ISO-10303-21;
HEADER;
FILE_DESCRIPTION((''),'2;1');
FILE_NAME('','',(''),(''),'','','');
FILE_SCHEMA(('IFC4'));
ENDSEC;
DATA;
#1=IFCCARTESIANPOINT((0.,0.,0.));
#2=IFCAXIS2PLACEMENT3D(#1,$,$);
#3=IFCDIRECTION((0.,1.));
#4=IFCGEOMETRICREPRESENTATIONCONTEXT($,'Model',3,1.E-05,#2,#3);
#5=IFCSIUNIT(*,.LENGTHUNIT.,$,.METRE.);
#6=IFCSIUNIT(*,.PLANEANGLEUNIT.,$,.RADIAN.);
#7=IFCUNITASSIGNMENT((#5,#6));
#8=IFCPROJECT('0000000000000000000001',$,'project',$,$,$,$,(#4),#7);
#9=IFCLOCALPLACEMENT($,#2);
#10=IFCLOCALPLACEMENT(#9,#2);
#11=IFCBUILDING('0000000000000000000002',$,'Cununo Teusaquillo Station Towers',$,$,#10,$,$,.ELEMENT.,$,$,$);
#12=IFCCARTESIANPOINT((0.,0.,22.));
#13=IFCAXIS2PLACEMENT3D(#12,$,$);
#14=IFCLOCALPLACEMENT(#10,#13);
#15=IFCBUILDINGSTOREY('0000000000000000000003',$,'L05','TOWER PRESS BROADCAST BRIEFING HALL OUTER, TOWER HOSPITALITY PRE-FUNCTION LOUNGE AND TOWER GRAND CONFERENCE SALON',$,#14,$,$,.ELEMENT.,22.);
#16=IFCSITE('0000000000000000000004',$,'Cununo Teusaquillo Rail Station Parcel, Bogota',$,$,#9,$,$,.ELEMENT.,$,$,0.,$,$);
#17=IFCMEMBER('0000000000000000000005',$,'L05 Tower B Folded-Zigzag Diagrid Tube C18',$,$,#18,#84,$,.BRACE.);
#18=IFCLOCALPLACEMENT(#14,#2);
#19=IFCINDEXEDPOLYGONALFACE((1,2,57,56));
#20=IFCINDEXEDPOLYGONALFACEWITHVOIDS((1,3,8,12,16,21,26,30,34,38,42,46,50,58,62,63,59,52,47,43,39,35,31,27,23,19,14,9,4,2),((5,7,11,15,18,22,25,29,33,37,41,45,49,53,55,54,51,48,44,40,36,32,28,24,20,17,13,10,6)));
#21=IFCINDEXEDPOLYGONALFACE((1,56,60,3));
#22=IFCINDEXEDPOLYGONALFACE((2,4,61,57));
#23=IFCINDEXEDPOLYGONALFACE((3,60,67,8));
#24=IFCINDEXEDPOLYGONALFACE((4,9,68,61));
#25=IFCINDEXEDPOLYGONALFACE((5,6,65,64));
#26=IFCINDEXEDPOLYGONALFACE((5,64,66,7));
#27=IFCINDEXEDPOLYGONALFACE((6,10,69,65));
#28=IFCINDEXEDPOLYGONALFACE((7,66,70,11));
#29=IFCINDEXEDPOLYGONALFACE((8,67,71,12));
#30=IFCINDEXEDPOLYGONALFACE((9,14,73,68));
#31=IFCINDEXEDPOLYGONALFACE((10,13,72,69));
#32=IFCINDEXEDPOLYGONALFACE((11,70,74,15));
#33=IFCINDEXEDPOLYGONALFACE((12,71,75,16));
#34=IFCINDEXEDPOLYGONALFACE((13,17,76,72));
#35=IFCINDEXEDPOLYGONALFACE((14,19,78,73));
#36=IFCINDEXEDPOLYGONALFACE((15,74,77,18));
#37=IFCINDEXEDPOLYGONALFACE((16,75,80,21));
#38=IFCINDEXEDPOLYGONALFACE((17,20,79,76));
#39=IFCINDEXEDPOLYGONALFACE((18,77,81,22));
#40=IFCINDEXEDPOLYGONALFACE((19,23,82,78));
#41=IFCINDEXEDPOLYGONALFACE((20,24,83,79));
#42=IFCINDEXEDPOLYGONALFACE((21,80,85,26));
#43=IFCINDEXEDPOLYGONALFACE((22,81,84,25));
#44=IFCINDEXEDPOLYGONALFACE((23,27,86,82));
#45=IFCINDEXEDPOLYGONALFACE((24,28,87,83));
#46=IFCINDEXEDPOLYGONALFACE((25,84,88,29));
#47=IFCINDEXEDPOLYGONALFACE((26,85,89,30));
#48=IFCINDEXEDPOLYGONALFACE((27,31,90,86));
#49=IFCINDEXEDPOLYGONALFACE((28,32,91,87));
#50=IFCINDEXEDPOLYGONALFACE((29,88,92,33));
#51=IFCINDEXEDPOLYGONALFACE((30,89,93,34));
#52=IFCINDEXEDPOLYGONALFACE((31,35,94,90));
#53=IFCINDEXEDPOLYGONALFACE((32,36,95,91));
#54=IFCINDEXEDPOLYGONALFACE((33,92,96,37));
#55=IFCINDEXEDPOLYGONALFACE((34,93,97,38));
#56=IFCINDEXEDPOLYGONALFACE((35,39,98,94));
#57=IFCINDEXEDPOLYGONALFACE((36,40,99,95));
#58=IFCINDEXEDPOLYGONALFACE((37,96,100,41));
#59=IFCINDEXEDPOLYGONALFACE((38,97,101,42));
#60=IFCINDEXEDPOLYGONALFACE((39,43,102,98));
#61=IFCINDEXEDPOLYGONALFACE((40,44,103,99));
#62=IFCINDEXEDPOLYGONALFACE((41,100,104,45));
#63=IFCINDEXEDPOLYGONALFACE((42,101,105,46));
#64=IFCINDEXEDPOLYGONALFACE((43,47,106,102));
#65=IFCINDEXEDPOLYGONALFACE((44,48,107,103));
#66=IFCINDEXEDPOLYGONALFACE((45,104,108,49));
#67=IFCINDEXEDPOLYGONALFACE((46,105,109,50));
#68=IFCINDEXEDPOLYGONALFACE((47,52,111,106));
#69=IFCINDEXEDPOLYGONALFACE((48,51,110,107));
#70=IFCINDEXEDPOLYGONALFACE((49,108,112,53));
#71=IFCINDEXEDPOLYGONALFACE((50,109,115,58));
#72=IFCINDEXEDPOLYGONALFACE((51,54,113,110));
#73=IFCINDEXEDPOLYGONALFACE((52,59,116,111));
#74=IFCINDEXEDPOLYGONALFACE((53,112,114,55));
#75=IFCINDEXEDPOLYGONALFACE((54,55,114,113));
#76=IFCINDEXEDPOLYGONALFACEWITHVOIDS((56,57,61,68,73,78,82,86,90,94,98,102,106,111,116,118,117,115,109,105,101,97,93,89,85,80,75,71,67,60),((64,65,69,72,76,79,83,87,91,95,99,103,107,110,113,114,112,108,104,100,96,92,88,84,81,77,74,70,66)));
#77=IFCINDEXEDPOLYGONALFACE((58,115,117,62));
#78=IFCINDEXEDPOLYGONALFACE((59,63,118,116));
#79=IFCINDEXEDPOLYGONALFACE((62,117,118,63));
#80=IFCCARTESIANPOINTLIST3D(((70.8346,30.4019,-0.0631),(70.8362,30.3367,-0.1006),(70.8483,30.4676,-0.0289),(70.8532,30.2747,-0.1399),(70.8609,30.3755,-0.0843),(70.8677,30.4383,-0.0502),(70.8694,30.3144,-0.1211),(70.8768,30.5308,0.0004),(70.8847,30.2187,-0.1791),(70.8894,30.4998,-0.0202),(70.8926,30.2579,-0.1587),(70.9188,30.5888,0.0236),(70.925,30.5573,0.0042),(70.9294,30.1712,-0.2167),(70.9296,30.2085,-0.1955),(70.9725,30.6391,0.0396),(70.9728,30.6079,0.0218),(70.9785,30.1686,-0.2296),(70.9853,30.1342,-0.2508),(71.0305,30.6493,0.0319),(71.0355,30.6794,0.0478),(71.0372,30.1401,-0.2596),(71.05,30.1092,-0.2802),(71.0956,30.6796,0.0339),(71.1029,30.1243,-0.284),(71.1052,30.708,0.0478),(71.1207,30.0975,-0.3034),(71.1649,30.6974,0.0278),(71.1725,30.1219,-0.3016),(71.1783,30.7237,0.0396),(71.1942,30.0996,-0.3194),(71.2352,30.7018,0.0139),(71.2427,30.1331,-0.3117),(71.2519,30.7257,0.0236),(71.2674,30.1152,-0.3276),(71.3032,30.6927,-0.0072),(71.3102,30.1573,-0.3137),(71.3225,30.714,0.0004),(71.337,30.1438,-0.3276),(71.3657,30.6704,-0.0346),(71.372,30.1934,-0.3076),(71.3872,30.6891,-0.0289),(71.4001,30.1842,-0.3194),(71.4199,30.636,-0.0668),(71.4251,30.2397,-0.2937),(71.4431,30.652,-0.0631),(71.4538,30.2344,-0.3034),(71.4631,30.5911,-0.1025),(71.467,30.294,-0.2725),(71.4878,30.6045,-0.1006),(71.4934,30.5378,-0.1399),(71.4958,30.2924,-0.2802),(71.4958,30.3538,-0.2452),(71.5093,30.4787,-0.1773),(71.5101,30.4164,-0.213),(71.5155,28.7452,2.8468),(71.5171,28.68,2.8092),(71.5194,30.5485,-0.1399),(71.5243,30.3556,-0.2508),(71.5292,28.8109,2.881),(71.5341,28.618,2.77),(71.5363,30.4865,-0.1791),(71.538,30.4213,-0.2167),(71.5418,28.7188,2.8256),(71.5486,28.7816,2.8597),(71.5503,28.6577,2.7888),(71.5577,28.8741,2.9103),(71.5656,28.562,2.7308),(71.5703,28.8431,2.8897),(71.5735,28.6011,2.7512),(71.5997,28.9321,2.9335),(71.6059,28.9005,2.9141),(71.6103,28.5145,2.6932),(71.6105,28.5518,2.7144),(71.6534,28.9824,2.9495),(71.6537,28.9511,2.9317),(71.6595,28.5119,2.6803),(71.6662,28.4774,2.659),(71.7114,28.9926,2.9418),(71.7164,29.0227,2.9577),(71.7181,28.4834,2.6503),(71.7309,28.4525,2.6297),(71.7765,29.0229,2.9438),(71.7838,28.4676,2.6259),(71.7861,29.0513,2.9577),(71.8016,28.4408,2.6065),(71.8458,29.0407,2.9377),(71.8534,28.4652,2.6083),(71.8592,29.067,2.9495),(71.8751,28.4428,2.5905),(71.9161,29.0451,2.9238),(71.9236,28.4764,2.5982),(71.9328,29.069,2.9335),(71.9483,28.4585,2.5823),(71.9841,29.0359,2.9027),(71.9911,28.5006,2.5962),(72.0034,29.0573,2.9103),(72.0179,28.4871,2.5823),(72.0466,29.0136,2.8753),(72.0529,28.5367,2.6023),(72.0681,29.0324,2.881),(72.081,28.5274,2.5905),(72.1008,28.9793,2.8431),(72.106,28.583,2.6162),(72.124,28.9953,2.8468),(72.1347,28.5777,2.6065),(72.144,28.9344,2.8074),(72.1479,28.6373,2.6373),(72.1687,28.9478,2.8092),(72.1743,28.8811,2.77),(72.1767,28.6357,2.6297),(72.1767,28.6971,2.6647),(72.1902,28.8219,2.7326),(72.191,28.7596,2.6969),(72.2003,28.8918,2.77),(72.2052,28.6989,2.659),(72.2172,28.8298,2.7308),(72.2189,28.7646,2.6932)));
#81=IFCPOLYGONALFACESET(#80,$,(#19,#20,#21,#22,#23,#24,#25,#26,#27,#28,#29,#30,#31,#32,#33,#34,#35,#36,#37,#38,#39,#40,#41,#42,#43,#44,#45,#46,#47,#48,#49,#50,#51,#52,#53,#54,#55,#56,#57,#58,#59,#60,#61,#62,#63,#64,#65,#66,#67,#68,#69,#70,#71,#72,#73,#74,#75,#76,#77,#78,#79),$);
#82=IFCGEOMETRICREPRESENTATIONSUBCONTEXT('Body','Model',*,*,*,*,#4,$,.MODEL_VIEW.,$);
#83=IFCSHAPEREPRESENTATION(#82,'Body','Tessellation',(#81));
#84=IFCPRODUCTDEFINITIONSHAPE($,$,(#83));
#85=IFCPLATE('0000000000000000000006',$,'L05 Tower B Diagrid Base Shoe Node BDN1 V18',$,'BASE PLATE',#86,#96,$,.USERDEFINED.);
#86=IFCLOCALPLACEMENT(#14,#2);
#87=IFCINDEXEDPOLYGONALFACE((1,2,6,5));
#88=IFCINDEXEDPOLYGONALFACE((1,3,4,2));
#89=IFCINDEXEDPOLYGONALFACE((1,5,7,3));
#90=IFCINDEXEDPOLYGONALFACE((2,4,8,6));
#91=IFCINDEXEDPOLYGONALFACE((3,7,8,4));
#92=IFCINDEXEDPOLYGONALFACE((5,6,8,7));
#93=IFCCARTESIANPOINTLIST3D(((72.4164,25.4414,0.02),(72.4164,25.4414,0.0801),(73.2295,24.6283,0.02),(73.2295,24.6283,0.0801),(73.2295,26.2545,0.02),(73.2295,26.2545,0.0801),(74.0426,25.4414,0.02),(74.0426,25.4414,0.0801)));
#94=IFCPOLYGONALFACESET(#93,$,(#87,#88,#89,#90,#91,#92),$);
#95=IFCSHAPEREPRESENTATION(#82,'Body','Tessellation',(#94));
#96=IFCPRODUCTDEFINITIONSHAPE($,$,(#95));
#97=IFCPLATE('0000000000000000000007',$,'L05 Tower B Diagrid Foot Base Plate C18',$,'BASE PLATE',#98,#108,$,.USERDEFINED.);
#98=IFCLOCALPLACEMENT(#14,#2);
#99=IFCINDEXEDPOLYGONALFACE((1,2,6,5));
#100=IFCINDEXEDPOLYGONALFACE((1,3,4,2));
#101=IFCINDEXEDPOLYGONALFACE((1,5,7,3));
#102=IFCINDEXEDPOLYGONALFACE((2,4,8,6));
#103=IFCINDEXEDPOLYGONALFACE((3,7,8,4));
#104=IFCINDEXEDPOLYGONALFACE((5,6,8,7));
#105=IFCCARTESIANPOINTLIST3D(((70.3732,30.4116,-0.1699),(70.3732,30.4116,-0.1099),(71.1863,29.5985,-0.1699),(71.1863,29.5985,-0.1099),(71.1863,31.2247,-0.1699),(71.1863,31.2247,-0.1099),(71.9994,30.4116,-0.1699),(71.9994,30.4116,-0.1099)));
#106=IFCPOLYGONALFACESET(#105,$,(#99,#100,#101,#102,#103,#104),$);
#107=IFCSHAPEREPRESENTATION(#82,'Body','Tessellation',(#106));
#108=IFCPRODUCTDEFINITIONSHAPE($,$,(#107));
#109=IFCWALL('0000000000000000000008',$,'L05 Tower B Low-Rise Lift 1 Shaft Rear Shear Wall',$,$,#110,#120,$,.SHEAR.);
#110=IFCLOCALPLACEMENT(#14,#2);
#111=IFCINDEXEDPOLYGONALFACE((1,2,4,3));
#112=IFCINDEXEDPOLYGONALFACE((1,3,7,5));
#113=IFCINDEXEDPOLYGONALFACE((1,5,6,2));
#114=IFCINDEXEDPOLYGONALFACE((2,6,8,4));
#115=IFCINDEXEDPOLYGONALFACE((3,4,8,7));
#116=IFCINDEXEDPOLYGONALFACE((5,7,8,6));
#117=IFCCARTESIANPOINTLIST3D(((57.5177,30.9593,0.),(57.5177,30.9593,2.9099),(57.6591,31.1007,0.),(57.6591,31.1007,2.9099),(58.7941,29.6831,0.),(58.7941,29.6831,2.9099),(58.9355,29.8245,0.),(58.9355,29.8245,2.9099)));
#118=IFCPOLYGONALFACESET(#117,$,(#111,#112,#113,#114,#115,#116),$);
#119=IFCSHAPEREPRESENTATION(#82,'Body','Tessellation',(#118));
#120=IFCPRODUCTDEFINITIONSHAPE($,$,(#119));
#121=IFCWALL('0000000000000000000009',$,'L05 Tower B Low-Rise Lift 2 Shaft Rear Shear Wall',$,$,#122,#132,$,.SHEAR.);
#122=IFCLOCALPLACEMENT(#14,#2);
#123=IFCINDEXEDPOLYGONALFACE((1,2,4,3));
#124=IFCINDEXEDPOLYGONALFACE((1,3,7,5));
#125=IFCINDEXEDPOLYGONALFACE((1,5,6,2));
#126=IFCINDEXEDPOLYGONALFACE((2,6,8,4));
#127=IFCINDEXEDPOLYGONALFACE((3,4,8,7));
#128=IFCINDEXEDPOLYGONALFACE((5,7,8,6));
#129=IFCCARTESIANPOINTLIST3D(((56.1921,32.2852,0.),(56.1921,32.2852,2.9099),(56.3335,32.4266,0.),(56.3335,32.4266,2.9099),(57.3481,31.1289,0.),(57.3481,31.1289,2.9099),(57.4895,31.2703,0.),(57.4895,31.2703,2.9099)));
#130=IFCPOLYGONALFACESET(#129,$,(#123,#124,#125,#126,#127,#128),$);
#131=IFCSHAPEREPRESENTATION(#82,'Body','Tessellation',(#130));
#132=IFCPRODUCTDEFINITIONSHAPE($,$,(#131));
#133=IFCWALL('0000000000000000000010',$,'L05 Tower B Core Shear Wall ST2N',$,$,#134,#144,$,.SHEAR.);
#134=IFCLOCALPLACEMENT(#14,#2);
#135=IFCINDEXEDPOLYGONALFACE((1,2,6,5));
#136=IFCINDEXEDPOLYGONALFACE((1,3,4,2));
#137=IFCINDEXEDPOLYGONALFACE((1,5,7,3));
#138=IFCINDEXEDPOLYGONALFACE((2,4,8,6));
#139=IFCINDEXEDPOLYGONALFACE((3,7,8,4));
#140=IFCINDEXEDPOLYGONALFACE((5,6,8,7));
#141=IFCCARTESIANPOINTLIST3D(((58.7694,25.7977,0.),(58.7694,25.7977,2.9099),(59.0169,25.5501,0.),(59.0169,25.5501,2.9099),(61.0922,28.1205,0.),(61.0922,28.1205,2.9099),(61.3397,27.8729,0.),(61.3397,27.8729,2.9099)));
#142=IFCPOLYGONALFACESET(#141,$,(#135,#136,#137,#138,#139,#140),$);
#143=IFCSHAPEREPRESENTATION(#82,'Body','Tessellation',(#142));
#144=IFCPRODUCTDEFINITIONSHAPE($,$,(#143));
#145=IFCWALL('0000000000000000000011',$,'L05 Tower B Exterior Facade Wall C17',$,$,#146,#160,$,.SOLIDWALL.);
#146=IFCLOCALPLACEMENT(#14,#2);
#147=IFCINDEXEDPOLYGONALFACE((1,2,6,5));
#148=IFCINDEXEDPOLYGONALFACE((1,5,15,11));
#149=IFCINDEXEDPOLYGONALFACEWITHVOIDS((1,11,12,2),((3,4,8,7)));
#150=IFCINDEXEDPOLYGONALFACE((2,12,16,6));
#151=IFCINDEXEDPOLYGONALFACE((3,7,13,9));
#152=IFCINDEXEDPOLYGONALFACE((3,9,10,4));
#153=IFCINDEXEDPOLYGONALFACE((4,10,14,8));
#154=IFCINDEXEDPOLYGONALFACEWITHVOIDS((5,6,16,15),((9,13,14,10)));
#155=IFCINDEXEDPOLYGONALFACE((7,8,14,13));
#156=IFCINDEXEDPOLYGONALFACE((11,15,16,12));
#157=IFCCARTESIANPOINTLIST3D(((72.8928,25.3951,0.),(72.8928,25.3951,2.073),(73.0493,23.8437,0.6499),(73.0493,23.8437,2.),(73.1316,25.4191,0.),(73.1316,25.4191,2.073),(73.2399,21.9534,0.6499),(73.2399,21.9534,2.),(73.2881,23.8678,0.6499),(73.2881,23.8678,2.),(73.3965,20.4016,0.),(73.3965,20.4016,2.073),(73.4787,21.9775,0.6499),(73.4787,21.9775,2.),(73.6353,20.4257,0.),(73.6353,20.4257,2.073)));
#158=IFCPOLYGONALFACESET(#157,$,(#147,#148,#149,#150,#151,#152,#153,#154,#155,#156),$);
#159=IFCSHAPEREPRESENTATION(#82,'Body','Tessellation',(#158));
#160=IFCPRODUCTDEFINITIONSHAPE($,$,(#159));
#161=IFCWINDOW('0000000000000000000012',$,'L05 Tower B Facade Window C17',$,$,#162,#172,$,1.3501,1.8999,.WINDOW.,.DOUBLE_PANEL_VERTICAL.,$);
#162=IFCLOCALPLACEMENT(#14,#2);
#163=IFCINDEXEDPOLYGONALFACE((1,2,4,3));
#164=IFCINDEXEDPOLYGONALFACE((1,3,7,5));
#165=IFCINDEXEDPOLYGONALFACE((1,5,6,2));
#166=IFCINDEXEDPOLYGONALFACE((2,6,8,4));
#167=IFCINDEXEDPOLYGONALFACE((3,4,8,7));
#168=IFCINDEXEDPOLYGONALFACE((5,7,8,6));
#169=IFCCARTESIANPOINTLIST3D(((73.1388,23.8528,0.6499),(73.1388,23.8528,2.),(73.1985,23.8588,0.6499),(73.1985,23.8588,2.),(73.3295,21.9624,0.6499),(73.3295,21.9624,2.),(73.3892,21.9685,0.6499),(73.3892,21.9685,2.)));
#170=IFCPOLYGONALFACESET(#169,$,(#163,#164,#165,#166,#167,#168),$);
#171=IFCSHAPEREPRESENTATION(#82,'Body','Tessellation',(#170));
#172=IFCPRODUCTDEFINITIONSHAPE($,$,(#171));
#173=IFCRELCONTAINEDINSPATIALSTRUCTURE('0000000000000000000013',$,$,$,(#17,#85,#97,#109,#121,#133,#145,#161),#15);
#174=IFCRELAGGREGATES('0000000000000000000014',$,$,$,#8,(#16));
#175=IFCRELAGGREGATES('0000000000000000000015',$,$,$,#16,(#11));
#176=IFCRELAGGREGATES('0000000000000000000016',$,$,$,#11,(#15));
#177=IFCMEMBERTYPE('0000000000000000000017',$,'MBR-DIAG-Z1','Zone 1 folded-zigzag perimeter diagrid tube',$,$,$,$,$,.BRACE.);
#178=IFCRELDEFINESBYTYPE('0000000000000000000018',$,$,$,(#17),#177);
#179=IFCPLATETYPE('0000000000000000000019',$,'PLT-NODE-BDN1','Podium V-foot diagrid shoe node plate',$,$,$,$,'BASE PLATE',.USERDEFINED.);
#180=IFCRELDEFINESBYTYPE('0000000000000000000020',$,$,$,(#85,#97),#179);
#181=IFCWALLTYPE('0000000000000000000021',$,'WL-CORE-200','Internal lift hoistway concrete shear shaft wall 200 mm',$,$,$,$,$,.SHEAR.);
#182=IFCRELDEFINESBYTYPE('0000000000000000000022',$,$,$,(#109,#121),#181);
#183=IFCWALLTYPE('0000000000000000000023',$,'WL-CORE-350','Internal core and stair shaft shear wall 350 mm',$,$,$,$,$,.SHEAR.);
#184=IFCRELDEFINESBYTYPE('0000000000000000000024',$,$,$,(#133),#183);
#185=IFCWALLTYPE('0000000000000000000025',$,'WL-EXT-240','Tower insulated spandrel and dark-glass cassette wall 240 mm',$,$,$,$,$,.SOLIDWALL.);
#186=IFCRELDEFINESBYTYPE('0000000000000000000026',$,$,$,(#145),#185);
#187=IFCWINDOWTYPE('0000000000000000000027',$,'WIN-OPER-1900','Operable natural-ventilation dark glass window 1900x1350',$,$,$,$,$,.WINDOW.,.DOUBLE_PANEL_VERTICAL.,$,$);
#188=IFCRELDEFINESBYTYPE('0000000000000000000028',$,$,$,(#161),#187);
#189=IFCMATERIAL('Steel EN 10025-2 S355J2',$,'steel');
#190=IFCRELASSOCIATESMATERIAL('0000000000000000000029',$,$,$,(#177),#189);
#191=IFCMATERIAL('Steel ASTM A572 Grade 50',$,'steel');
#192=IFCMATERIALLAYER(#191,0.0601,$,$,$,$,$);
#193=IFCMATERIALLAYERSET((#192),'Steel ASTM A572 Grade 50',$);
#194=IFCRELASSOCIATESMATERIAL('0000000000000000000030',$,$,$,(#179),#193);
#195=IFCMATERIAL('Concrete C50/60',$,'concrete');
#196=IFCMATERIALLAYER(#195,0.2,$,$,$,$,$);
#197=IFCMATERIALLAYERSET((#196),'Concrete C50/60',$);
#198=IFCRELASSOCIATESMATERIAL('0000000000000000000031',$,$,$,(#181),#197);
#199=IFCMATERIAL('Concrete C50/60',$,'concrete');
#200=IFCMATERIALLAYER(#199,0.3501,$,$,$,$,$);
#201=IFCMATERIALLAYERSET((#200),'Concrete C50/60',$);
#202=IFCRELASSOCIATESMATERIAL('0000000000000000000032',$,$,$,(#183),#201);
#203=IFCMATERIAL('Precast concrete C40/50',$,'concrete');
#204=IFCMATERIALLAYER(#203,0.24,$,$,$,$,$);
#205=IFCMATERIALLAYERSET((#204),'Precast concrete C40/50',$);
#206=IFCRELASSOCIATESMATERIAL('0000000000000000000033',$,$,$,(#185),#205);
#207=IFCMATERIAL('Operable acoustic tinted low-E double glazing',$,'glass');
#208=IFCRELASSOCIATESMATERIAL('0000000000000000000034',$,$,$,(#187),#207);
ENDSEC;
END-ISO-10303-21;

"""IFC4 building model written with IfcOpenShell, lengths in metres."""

from ifc_helpers import new_model, si_unit, direction, frame, frame_2d, origin, origin_2d, place, context, subcontext, project, spatial, rectangle, hollow_circle, extrude, source, transform, mapped, material, layer, layer_set, material_profile, profile_set, type_object, element, fill, save


model = new_model("IFC4")

# Units and contexts
model_context = context("Model", 3, precision=1e-05, world=origin(), true_north=direction((0.0, 1.0)))
body_context = subcontext(model_context, "Body", "Model", "MODEL_VIEW")
ifc_project = project(units=[si_unit("LENGTHUNIT", "METRE"), si_unit("PLANEANGLEUNIT", "RADIAN")], contexts=[model_context])

# Site, building, storey
site_placement = place(None, origin())
site = spatial("IfcSite", under=ifc_project, at=site_placement, Name="Cununo Teusaquillo Rail Station Parcel, Bogota", CompositionType="ELEMENT", RefElevation=0.0)
building_placement = place(site_placement, origin())
building = spatial("IfcBuilding", under=site, at=building_placement, Name="Cununo Teusaquillo Station Towers", CompositionType="ELEMENT")
storey_placement = place(building_placement, frame((0.0, 0.0, 22.0)))
storey = spatial("IfcBuildingStorey", under=building, at=storey_placement, Name="L05", Description="TOWER PRESS BROADCAST BRIEFING HALL OUTER, TOWER HOSPITALITY PRE-FUNCTION LOUNGE AND TOWER GRAND CONFERENCE SALON", CompositionType="ELEMENT", Elevation=22.0)

# Member
ifc_material_1 = material(Name="Steel EN 10025-2 S355J2", Category="steel")
ifc_material_profile_1 = material_profile(ifc_material_1, hollow_circle(Radius=0.3601, WallThickness=0.0281, at=origin_2d()), Name="CHS 720x28")
ifc_profile_set_1 = profile_set([ifc_material_profile_1], Name="Steel EN 10025-2 S355J2")
member_type = type_object("IfcMemberType", Name="MBR-DIAG-Z1", Description="Zone 1 folded-zigzag perimeter diagrid tube", PredefinedType="BRACE", material=ifc_profile_set_1)
member_placement = place(storey_placement, frame((71.1863, 30.4116, -0.1399), z_axis=(0.19927, -0.484849, 0.851594), x_axis=(0.924929, 0.38014, 0.0)))
element("IfcMember", 1, at=member_placement, inside=storey, type_object=member_type, Name="L05 Tower B Folded-Zigzag Diagrid Tube C18", PredefinedType="BRACE", context=body_context, shape_type="SweptSolid", body=[
    extrude(hollow_circle(Radius=0.3601, WallThickness=0.0281, at=origin_2d()), origin(), (0.0, 0.0, 1.0), 3.417),
])

# Plates
ifc_material_2 = material(Name="Steel ASTM A572 Grade 50", Category="steel")
ifc_layer_1 = layer(ifc_material_2, 0.0601)
ifc_layer_set_1 = layer_set([ifc_layer_1], Name="Steel ASTM A572 Grade 50")
plate_type = type_object("IfcPlateType", Name="PLT-NODE-BDN1", Description="Podium V-foot diagrid shoe node plate", ElementType="BASE PLATE", PredefinedType="USERDEFINED", material=ifc_layer_set_1)
shared_shape_1 = source(origin(), body_context, "Body", "SweptSolid", [
    extrude(rectangle(XDim=1.1499, YDim=1.1499, at=origin_2d()), origin(), (0.0, 0.0, 1.0), 0.0601),
])
for number, where, z_axis, x_axis, name in (
    (2, (73.2295, 25.4414, 0.02), (0.0, 0.0, 1.0), (0.707107, 0.707107, 0.0), "L05 Tower B Diagrid Base Shoe Node BDN1 V18"),
    (3, (71.1863, 30.4116, -0.1699), (0.0, 0.0, 1.0), (0.707107, 0.707107, 0.0), "L05 Tower B Diagrid Foot Base Plate C18"),
):
    element("IfcPlate", number, at=place(storey_placement, frame(where, z_axis=z_axis, x_axis=x_axis)), inside=storey, type_object=plate_type, Name=name, ObjectType="BASE PLATE", PredefinedType="USERDEFINED", context=body_context, shape_type="MappedRepresentation", body=[
        mapped(shared_shape_1, transform((0.0, 0.0, 0.0), x_axis=(1.0, 0.0, 0.0), y_axis=(0.0, 1.0, 0.0), z_axis=(0.0, 0.0, 1.0), scale=1.0)),
    ])

# Walls
ifc_material_3 = material(Name="Concrete C50/60", Category="concrete")
ifc_layer_2 = layer(ifc_material_3, 0.2)
ifc_layer_set_2 = layer_set([ifc_layer_2], Name="Concrete C50/60")
wall_type_1 = type_object("IfcWallType", Name="WL-CORE-200", Description="Internal lift hoistway concrete shear shaft wall 200 mm", PredefinedType="SHEAR", material=ifc_layer_set_2)
wall_1_placement = place(storey_placement, frame((58.8647, 29.7539, 0.0), z_axis=(0.0, 0.0, 1.0), x_axis=(-0.707174, 0.707039, 0.0)))
element("IfcWall", 4, at=wall_1_placement, inside=storey, type_object=wall_type_1, Name="L05 Tower B Low-Rise Lift 1 Shaft Rear Shear Wall", PredefinedType="SHEAR", context=body_context, shape_type="SweptSolid", body=[
    extrude(rectangle(XDim=1.8049, YDim=0.2, at=frame_2d((0.9023, 0.0))), origin(), (0.0, 0.0, 1.0), 2.9099),
])
wall_2_placement = place(storey_placement, frame((57.4187, 31.1997, 0.0), z_axis=(0.0, 0.0, 1.0), x_axis=(-0.707032, 0.707181, 0.0)))
element("IfcWall", 5, at=wall_2_placement, inside=storey, type_object=wall_type_1, Name="L05 Tower B Low-Rise Lift 2 Shaft Rear Shear Wall", PredefinedType="SHEAR", context=body_context, shape_type="SweptSolid", body=[
    extrude(rectangle(XDim=1.635, YDim=0.2, at=frame_2d((0.8174, 0.0))), origin(), (0.0, 0.0, 1.0), 2.9099),
])
ifc_material_4 = material(Name="Concrete C50/60", Category="concrete")
ifc_layer_3 = layer(ifc_material_4, 0.3501)
ifc_layer_set_3 = layer_set([ifc_layer_3], Name="Concrete C50/60")
wall_type_2 = type_object("IfcWallType", Name="WL-CORE-350", Description="Internal core and stair shaft shear wall 350 mm", PredefinedType="SHEAR", material=ifc_layer_set_3)
wall_3_placement = place(storey_placement, frame((58.8931, 25.6738, 0.0), z_axis=(0.0, 0.0, 1.0), x_axis=(0.707107, 0.707107, 0.0)))
element("IfcWall", 6, at=wall_3_placement, inside=storey, type_object=wall_type_2, Name="L05 Tower B Core Shear Wall ST2N", PredefinedType="SHEAR", context=body_context, shape_type="SweptSolid", body=[
    extrude(rectangle(XDim=3.2849, YDim=0.3501, at=frame_2d((1.6426, 0.0))), origin(), (0.0, 0.0, 1.0), 2.9099),
])

# Wall, opening, window
ifc_material_5 = material(Name="Precast concrete C40/50", Category="concrete")
ifc_layer_4 = layer(ifc_material_5, 0.24)
ifc_layer_set_4 = layer_set([ifc_layer_4], Name="Precast concrete C40/50")
wall_type_3 = type_object("IfcWallType", Name="WL-EXT-240", Description="Tower insulated spandrel and dark-glass cassette wall 240 mm", PredefinedType="SOLIDWALL", material=ifc_layer_set_4)
wall_4_placement = place(storey_placement, frame((73.0122, 25.407, 0.0), z_axis=(0.0, 0.0, 1.0), x_axis=(0.100356, -0.994952, 0.0)))
wall_4 = element("IfcWall", 7, at=wall_4_placement, inside=storey, type_object=wall_type_3, Name="L05 Tower B Exterior Facade Wall C17", PredefinedType="SOLIDWALL", context=body_context, shape_type="SweptSolid", body=[
    extrude(rectangle(XDim=5.0188, YDim=0.24, at=frame_2d((2.5093, 0.0))), origin(), (0.0, 0.0, 1.0), 2.073),
])
shared_shape_2 = source(origin(), body_context, "Body", "SweptSolid", [
    extrude(rectangle(XDim=1.8999, YDim=1.3501, at=frame_2d((0.95, 0.675))), frame((0.0, 0.1299, 0.0), z_axis=(0.0, -1.0, 0.0), x_axis=(1.0, 0.0, 0.0)), (0.0, 0.0, 1.0), 0.26),
])
opening_1_placement = place(wall_4_placement, frame((1.5591, 0.0, 0.6499)))
opening_1 = element("IfcOpeningElement", 8, at=opening_1_placement, cuts=wall_4, PredefinedType="OPENING", context=body_context, shape_type="MappedRepresentation", body=[
    mapped(shared_shape_2, transform((0.0, 0.0, 0.0), x_axis=(1.0, 0.0, 0.0), y_axis=(0.0, 1.0, 0.0), z_axis=(0.0, 0.0, 1.0), scale=1.0)),
])
ifc_material_6 = material(Name="Operable acoustic tinted low-E double glazing", Category="glass")
window_type = type_object("IfcWindowType", Name="WIN-OPER-1900", Description="Operable natural-ventilation dark glass window 1900x1350", PartitioningType="DOUBLE_PANEL_VERTICAL", PredefinedType="WINDOW", material=ifc_material_6)
shared_shape_3 = source(origin(), body_context, "Body", "SweptSolid", [
    extrude(rectangle(XDim=1.8999, YDim=1.3501, at=frame_2d((0.95, 0.675))), frame((0.0, 0.03, 0.0), z_axis=(0.0, -1.0, 0.0), x_axis=(1.0, 0.0, 0.0)), (0.0, 0.0, 1.0), 0.0601),
])
window_placement = place(opening_1_placement, origin())
window = element("IfcWindow", 9, at=window_placement, inside=storey, type_object=window_type, Name="L05 Tower B Facade Window C17", OverallHeight=1.3501, OverallWidth=1.8999, PartitioningType="DOUBLE_PANEL_VERTICAL", PredefinedType="WINDOW", context=body_context, shape_type="MappedRepresentation", body=[
    mapped(shared_shape_3, transform((0.0, 0.0, 0.0), x_axis=(1.0, 0.0, 0.0), y_axis=(0.0, 1.0, 0.0), z_axis=(0.0, 0.0, 1.0), scale=1.0)),
])
fill(opening_1, window)

save(model, "model.ifc")
